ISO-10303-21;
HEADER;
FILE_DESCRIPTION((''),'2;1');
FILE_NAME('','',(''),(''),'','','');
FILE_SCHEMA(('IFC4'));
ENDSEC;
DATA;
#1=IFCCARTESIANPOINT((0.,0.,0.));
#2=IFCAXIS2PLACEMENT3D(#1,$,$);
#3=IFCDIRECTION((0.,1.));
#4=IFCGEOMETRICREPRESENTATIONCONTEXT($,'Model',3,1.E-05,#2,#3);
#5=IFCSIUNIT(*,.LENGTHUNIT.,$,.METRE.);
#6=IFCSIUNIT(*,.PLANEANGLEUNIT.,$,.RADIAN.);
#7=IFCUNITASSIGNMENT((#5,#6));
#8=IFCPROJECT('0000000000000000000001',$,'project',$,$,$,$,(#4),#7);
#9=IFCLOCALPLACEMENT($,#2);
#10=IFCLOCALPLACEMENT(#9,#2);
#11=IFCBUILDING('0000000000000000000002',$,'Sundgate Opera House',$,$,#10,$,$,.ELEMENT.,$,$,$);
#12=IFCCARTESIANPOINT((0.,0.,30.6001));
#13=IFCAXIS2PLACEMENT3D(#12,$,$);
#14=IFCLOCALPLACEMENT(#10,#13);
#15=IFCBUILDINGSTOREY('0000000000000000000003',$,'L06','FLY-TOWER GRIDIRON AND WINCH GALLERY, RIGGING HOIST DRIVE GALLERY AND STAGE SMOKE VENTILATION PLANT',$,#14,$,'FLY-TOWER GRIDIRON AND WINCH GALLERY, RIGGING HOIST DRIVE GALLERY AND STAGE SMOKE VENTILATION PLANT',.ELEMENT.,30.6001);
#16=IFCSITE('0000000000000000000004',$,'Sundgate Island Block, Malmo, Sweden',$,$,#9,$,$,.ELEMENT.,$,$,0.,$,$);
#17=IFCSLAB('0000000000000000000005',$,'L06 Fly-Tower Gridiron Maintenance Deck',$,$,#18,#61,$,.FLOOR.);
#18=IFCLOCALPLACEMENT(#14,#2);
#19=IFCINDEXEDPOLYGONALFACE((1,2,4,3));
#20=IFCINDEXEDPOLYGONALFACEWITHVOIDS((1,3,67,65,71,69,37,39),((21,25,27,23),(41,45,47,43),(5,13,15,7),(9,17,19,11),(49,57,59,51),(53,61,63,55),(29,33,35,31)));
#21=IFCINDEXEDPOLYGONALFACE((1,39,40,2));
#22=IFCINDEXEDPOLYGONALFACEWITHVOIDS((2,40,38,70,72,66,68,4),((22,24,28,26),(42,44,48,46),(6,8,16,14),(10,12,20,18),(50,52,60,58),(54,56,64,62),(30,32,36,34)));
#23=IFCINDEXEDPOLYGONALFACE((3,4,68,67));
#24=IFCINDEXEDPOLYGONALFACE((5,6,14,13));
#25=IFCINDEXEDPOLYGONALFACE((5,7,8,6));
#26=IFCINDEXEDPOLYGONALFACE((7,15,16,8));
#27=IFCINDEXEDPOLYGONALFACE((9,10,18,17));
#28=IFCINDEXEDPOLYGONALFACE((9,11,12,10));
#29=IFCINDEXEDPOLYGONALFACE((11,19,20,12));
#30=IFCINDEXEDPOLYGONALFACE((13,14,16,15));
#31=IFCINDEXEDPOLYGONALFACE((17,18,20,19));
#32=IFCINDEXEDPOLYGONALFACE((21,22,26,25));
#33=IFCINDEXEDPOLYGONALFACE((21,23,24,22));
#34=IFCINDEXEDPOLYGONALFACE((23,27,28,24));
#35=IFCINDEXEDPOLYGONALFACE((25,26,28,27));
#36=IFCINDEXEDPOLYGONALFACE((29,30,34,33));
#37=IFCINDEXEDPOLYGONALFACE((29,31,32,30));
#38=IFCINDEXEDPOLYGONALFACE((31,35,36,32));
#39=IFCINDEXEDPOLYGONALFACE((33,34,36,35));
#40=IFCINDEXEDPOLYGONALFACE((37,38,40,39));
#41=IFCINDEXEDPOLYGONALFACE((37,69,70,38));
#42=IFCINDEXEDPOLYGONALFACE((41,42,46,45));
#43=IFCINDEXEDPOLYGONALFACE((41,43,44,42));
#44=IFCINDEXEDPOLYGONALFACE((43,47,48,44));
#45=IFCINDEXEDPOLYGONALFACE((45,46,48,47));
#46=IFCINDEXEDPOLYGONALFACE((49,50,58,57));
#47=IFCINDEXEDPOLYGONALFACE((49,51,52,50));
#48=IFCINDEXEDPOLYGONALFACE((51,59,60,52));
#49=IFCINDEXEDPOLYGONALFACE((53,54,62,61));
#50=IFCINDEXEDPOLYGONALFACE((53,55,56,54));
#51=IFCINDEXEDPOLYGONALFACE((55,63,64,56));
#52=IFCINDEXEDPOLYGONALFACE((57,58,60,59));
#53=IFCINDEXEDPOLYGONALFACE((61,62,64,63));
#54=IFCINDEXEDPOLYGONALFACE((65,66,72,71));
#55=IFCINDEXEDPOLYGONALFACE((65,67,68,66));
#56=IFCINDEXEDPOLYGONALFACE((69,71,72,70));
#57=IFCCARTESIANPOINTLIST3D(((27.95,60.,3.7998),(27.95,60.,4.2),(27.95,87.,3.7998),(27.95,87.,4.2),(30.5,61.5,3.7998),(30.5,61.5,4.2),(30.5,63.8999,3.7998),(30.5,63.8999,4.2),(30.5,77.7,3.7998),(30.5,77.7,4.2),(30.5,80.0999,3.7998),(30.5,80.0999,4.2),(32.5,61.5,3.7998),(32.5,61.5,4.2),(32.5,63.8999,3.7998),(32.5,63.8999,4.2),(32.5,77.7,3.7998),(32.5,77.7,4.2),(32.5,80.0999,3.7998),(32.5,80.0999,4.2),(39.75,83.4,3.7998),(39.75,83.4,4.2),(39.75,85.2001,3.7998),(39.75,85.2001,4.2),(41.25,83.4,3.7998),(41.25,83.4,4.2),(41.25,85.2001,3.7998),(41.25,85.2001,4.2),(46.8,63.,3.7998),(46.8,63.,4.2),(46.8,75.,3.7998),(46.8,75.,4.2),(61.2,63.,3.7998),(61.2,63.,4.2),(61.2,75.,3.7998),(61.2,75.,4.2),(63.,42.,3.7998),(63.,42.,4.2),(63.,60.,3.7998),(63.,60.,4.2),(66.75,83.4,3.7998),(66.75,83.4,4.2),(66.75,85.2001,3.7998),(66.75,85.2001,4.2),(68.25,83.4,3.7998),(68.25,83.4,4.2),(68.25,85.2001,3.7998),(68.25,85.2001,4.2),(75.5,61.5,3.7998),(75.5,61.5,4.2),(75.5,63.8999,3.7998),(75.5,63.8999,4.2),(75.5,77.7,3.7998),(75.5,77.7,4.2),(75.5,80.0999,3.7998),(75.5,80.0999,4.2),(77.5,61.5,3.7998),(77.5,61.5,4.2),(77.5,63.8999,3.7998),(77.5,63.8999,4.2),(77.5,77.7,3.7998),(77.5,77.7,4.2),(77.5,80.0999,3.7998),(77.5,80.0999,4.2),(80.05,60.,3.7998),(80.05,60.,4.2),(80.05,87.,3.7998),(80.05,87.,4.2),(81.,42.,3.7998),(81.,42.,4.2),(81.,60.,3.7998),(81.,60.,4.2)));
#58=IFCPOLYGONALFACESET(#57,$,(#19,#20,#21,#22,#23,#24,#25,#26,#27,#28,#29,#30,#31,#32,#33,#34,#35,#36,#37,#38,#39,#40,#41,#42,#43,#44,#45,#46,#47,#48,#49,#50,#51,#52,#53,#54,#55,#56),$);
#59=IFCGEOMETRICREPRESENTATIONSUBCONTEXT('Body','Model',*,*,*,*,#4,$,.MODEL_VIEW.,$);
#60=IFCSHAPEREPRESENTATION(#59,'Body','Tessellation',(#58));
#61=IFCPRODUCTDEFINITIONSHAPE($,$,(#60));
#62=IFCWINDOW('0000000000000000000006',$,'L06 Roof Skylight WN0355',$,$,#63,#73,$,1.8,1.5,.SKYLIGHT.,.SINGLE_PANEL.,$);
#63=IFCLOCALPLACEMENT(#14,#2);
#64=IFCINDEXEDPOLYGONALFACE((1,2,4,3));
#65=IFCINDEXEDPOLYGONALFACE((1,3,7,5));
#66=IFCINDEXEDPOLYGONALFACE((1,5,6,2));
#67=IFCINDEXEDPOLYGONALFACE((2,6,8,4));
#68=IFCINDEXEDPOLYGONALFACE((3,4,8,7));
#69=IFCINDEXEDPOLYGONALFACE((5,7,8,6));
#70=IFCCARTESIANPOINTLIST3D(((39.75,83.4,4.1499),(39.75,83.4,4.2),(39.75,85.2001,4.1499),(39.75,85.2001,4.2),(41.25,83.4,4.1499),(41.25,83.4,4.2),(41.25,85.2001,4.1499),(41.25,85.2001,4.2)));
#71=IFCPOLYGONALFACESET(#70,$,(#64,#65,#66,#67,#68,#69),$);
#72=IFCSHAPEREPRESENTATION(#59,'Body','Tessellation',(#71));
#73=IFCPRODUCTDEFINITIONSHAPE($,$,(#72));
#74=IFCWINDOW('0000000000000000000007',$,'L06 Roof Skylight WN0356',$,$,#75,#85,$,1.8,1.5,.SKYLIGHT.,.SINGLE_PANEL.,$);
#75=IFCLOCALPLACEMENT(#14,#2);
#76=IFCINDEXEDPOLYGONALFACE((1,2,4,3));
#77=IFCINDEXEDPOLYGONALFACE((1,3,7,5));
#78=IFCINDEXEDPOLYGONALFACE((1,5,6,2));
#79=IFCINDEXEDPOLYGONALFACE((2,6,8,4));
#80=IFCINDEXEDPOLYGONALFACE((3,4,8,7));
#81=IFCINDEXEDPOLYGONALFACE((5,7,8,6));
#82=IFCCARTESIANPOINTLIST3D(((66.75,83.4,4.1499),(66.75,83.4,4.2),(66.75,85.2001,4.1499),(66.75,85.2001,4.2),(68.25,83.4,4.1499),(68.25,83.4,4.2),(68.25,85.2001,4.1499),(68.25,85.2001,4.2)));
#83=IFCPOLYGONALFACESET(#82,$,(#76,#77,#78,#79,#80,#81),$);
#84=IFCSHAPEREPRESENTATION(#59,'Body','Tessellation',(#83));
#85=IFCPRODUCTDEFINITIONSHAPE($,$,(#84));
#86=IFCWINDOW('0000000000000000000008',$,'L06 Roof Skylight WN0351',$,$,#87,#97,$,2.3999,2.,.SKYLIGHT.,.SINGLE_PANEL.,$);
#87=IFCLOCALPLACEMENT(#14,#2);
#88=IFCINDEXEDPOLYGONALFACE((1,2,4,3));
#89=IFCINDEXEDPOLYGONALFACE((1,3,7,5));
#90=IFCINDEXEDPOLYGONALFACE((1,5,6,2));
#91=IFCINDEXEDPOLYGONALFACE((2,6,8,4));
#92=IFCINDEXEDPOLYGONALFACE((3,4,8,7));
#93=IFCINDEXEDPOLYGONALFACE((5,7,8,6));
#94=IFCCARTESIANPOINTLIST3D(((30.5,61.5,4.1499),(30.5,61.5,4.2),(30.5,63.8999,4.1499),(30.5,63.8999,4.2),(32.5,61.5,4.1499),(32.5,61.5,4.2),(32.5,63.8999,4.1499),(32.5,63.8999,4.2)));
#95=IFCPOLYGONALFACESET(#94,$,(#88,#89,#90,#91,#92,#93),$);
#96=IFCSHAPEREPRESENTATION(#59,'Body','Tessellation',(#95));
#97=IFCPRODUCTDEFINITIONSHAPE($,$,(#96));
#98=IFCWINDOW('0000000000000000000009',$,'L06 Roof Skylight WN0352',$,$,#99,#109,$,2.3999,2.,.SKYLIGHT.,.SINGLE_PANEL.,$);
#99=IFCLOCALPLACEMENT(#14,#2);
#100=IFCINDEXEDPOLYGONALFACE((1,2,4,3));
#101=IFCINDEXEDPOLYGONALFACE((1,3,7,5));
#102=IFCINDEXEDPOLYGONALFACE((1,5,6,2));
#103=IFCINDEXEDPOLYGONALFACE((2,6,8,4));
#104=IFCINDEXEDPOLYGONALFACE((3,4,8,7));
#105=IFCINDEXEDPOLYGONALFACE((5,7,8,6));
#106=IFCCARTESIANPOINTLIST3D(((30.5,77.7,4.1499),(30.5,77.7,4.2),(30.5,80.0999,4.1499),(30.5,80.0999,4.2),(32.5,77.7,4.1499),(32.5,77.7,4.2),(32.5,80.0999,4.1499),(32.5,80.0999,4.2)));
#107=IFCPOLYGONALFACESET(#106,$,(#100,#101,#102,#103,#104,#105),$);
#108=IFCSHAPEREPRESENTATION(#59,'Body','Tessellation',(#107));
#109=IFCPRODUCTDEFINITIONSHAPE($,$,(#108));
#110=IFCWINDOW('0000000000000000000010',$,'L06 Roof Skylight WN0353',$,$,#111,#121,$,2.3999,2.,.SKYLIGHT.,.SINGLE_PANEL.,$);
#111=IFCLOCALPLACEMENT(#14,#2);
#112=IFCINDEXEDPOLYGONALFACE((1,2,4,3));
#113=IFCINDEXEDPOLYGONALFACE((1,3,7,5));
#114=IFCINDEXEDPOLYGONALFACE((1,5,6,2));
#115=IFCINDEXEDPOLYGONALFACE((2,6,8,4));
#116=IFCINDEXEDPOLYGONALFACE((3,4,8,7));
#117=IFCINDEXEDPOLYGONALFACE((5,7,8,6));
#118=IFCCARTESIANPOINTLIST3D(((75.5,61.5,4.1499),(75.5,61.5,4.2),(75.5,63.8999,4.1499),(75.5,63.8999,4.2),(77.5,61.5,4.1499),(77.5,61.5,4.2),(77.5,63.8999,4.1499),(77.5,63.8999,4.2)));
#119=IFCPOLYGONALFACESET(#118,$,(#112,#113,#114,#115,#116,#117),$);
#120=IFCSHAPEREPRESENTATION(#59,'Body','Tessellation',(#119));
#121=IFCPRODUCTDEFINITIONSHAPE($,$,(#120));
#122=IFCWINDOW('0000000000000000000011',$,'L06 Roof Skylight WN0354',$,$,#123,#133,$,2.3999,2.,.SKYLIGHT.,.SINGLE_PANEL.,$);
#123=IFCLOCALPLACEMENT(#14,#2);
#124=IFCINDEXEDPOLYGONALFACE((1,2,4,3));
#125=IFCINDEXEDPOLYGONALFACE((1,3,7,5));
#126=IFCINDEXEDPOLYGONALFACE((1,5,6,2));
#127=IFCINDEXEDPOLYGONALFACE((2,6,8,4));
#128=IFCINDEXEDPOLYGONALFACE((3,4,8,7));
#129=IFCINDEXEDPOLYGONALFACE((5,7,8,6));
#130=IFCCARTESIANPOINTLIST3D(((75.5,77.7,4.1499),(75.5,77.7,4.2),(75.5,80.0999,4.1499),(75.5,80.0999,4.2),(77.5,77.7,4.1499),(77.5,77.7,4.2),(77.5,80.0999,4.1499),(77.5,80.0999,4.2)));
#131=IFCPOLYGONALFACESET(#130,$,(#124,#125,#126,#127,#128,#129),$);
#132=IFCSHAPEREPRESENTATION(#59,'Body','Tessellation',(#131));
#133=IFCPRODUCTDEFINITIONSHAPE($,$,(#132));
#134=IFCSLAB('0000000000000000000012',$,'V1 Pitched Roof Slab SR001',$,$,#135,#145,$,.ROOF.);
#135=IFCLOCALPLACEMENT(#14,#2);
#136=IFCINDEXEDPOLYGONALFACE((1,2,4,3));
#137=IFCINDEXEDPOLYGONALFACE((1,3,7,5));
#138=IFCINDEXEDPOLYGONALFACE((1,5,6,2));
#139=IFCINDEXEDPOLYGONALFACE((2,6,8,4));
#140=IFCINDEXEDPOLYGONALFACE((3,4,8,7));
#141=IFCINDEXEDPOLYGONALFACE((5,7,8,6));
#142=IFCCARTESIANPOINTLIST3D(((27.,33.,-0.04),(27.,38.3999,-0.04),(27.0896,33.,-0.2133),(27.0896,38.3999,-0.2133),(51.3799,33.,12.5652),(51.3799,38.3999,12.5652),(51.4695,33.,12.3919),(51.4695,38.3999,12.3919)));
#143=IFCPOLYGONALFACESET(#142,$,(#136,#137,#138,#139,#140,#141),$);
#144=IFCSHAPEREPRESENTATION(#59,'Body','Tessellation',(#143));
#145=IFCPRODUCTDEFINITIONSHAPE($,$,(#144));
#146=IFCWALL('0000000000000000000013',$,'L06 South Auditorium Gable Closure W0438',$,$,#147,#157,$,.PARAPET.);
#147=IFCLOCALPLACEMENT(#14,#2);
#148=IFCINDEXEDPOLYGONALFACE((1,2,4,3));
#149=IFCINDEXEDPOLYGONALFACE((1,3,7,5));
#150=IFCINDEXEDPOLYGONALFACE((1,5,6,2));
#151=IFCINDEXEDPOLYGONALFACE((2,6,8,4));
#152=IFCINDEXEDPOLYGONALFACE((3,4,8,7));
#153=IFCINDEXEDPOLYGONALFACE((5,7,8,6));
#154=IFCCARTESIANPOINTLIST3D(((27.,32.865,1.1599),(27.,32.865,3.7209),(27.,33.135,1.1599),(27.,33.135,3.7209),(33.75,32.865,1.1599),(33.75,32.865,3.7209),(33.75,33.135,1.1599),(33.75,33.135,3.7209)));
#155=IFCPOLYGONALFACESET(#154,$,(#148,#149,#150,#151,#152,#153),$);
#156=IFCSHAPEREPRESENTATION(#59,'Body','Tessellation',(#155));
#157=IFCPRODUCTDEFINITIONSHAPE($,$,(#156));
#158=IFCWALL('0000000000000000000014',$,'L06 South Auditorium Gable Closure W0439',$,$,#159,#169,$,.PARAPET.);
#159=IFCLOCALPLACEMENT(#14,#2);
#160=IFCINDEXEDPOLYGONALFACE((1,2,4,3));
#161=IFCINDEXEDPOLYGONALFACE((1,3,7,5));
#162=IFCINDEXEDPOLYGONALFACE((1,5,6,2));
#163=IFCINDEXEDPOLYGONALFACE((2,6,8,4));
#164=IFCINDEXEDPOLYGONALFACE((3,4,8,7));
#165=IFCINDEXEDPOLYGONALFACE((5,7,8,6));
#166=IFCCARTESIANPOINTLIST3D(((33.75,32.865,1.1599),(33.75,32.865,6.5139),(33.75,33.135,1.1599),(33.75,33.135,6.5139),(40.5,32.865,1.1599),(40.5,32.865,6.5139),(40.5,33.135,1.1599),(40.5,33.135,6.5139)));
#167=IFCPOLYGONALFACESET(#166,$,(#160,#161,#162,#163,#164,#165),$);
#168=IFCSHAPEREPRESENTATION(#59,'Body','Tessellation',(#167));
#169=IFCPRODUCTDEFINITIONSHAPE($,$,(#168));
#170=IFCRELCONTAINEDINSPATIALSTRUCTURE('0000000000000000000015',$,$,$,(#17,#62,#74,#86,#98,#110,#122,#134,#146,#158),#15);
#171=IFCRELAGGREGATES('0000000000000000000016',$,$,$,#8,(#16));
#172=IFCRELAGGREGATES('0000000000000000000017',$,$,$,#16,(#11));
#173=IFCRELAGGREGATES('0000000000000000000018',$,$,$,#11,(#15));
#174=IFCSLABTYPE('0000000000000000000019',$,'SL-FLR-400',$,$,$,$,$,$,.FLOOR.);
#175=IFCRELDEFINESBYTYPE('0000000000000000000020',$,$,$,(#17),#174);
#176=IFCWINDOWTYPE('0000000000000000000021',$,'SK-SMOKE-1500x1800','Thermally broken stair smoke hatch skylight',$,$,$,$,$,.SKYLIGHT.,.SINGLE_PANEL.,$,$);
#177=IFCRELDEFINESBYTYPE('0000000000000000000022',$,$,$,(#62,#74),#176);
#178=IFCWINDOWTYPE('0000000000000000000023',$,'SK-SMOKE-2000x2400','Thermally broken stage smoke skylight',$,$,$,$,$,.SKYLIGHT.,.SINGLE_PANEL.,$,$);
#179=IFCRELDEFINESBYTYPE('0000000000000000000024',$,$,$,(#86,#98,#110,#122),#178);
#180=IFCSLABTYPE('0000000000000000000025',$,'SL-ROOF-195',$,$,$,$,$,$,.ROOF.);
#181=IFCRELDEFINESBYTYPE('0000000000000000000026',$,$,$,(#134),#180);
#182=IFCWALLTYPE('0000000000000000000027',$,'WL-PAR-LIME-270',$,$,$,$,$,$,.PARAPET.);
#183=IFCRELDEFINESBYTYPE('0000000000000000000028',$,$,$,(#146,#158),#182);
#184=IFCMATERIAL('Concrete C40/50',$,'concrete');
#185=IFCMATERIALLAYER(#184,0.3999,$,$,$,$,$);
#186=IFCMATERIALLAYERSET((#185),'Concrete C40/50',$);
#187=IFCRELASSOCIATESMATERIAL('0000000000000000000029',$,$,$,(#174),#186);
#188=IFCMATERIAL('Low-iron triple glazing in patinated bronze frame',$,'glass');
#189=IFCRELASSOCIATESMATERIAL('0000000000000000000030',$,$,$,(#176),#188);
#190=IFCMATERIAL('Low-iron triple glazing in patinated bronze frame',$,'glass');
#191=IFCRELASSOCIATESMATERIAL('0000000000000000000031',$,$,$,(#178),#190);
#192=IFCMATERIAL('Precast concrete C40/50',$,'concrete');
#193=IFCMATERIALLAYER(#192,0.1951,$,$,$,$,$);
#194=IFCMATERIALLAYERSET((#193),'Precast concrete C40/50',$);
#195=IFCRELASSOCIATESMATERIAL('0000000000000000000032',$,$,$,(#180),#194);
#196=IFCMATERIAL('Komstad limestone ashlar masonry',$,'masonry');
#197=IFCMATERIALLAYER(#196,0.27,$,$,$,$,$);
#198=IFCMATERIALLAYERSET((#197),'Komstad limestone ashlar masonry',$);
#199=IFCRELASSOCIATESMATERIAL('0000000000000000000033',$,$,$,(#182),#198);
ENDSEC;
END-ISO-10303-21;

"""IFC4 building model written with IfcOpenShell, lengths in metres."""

from ifc_helpers import new_model, si_unit, direction, frame, frame_2d, origin, origin_2d, place, context, subcontext, project, spatial, polyline, rectangle, outline, extrude, material, layer, layer_set, type_object, element, fill, save


model = new_model("IFC4")

# Units and contexts
model_context = context("Model", 3, precision=1e-05, world=origin(), true_north=direction((0.0, 1.0)))
body_context = subcontext(model_context, "Body", "Model", "MODEL_VIEW")
ifc_project = project(units=[si_unit("LENGTHUNIT", "METRE"), si_unit("PLANEANGLEUNIT", "RADIAN")], contexts=[model_context])

# Site, building, storey
site_placement = place(None, origin())
site = spatial("IfcSite", under=ifc_project, at=site_placement, Name="Sundgate Island Block, Malmo, Sweden", CompositionType="ELEMENT", RefElevation=0.0)
building_placement = place(site_placement, origin())
building = spatial("IfcBuilding", under=site, at=building_placement, Name="Sundgate Opera House", CompositionType="ELEMENT")
storey_placement = place(building_placement, frame((0.0, 0.0, 30.6001)))
storey = spatial("IfcBuildingStorey", under=building, at=storey_placement, Name="L06", Description="FLY-TOWER GRIDIRON AND WINCH GALLERY, RIGGING HOIST DRIVE GALLERY AND STAGE SMOKE VENTILATION PLANT", LongName="FLY-TOWER GRIDIRON AND WINCH GALLERY, RIGGING HOIST DRIVE GALLERY AND STAGE SMOKE VENTILATION PLANT", CompositionType="ELEMENT", Elevation=30.6001)

# Slab, openings, windows
ifc_material_1 = material(Name="Concrete C40/50", Category="concrete")
ifc_layer_1 = layer(ifc_material_1, 0.3999)
ifc_layer_set_1 = layer_set([ifc_layer_1], Name="Concrete C40/50")
slab_type_1 = type_object("IfcSlabType", Name="SL-FLR-400", PredefinedType="FLOOR", material=ifc_layer_set_1)
slab_1_placement = place(storey_placement, frame((0.0, 0.0, 3.7998)))
slab_1 = element("IfcSlab", 1, at=slab_1_placement, inside=storey, type_object=slab_type_1, Name="L06 Fly-Tower Gridiron Maintenance Deck", PredefinedType="FLOOR", context=body_context, shape_type="SweptSolid", body=[
    extrude(outline(polyline([(27.95, 60.0), (63.0, 60.0), (63.0, 42.0), (81.0, 42.0), (81.0, 60.0), (80.05, 60.0), (80.05, 87.0), (27.95, 87.0), (27.95, 60.0)]), holes=[polyline([(46.8, 75.0), (61.2, 75.0), (61.2, 63.0), (46.8, 63.0), (46.8, 75.0)])]), origin(), (0.0, 0.0, 1.0), 0.4001),
])
opening_1_placement = place(slab_1_placement, frame((31.5, 62.7, 0.0)))
opening_1 = element("IfcOpeningElement", 2, at=opening_1_placement, cuts=slab_1, PredefinedType="OPENING", context=body_context, shape_type="SweptSolid", body=[
    extrude(rectangle(XDim=2.0, YDim=2.3999, at=origin_2d()), origin(), (0.0, 0.0, 1.0), 0.4001),
])
opening_2_placement = place(slab_1_placement, frame((31.5, 78.8999, 0.0)))
opening_2 = element("IfcOpeningElement", 3, at=opening_2_placement, cuts=slab_1, PredefinedType="OPENING", context=body_context, shape_type="SweptSolid", body=[
    extrude(rectangle(XDim=2.0, YDim=2.3999, at=origin_2d()), origin(), (0.0, 0.0, 1.0), 0.4001),
])
opening_3_placement = place(slab_1_placement, frame((76.5, 62.7, 0.0)))
opening_3 = element("IfcOpeningElement", 4, at=opening_3_placement, cuts=slab_1, PredefinedType="OPENING", context=body_context, shape_type="SweptSolid", body=[
    extrude(rectangle(XDim=2.0, YDim=2.3999, at=origin_2d()), origin(), (0.0, 0.0, 1.0), 0.4001),
])
opening_4_placement = place(slab_1_placement, frame((76.5, 78.8999, 0.0)))
opening_4 = element("IfcOpeningElement", 5, at=opening_4_placement, cuts=slab_1, PredefinedType="OPENING", context=body_context, shape_type="SweptSolid", body=[
    extrude(rectangle(XDim=2.0, YDim=2.3999, at=origin_2d()), origin(), (0.0, 0.0, 1.0), 0.4001),
])
opening_5_placement = place(slab_1_placement, frame((40.5, 84.3, 0.0)))
opening_5 = element("IfcOpeningElement", 6, at=opening_5_placement, cuts=slab_1, PredefinedType="OPENING", context=body_context, shape_type="SweptSolid", body=[
    extrude(rectangle(XDim=1.5, YDim=1.8, at=origin_2d()), origin(), (0.0, 0.0, 1.0), 0.4001),
])
opening_6_placement = place(slab_1_placement, frame((67.5, 84.3, 0.0)))
opening_6 = element("IfcOpeningElement", 7, at=opening_6_placement, cuts=slab_1, PredefinedType="OPENING", context=body_context, shape_type="SweptSolid", body=[
    extrude(rectangle(XDim=1.5, YDim=1.8, at=origin_2d()), origin(), (0.0, 0.0, 1.0), 0.4001),
])
ifc_material_2 = material(Name="Low-iron triple glazing in patinated bronze frame", Category="glass")
window_type_1 = type_object("IfcWindowType", Name="SK-SMOKE-1500x1800", Description="Thermally broken stair smoke hatch skylight", PartitioningType="SINGLE_PANEL", PredefinedType="SKYLIGHT", material=ifc_material_2)
window_1_placement = place(opening_5_placement, frame((0.0, 0.0, 0.3501)))
window_1 = element("IfcWindow", 8, at=window_1_placement, inside=storey, type_object=window_type_1, Name="L06 Roof Skylight WN0355", OverallHeight=1.8, OverallWidth=1.5, PartitioningType="SINGLE_PANEL", PredefinedType="SKYLIGHT", context=body_context, shape_type="SweptSolid", body=[
    extrude(rectangle(XDim=1.5, YDim=1.8, at=origin_2d()), origin(), (0.0, 0.0, 1.0), 0.05),
])
fill(opening_5, window_1)
window_2_placement = place(opening_6_placement, frame((0.0, 0.0, 0.3501)))
window_2 = element("IfcWindow", 9, at=window_2_placement, inside=storey, type_object=window_type_1, Name="L06 Roof Skylight WN0356", OverallHeight=1.8, OverallWidth=1.5, PartitioningType="SINGLE_PANEL", PredefinedType="SKYLIGHT", context=body_context, shape_type="SweptSolid", body=[
    extrude(rectangle(XDim=1.5, YDim=1.8, at=origin_2d()), origin(), (0.0, 0.0, 1.0), 0.05),
])
fill(opening_6, window_2)
ifc_material_3 = material(Name="Low-iron triple glazing in patinated bronze frame", Category="glass")
window_type_2 = type_object("IfcWindowType", Name="SK-SMOKE-2000x2400", Description="Thermally broken stage smoke skylight", PartitioningType="SINGLE_PANEL", PredefinedType="SKYLIGHT", material=ifc_material_3)
window_3_placement = place(opening_1_placement, frame((0.0, 0.0, 0.3501)))
window_3 = element("IfcWindow", 10, at=window_3_placement, inside=storey, type_object=window_type_2, Name="L06 Roof Skylight WN0351", OverallHeight=2.3999, OverallWidth=2.0, PartitioningType="SINGLE_PANEL", PredefinedType="SKYLIGHT", context=body_context, shape_type="SweptSolid", body=[
    extrude(rectangle(XDim=2.0, YDim=2.3999, at=origin_2d()), origin(), (0.0, 0.0, 1.0), 0.05),
])
fill(opening_1, window_3)
window_4_placement = place(opening_2_placement, frame((0.0, 0.0, 0.3501)))
window_4 = element("IfcWindow", 11, at=window_4_placement, inside=storey, type_object=window_type_2, Name="L06 Roof Skylight WN0352", OverallHeight=2.3999, OverallWidth=2.0, PartitioningType="SINGLE_PANEL", PredefinedType="SKYLIGHT", context=body_context, shape_type="SweptSolid", body=[
    extrude(rectangle(XDim=2.0, YDim=2.3999, at=origin_2d()), origin(), (0.0, 0.0, 1.0), 0.05),
])
fill(opening_2, window_4)
window_5_placement = place(opening_3_placement, frame((0.0, 0.0, 0.3501)))
window_5 = element("IfcWindow", 12, at=window_5_placement, inside=storey, type_object=window_type_2, Name="L06 Roof Skylight WN0353", OverallHeight=2.3999, OverallWidth=2.0, PartitioningType="SINGLE_PANEL", PredefinedType="SKYLIGHT", context=body_context, shape_type="SweptSolid", body=[
    extrude(rectangle(XDim=2.0, YDim=2.3999, at=origin_2d()), origin(), (0.0, 0.0, 1.0), 0.05),
])
fill(opening_3, window_5)
window_6_placement = place(opening_4_placement, frame((0.0, 0.0, 0.3501)))
window_6 = element("IfcWindow", 13, at=window_6_placement, inside=storey, type_object=window_type_2, Name="L06 Roof Skylight WN0354", OverallHeight=2.3999, OverallWidth=2.0, PartitioningType="SINGLE_PANEL", PredefinedType="SKYLIGHT", context=body_context, shape_type="SweptSolid", body=[
    extrude(rectangle(XDim=2.0, YDim=2.3999, at=origin_2d()), origin(), (0.0, 0.0, 1.0), 0.05),
])
fill(opening_4, window_6)

# Slab
ifc_material_4 = material(Name="Precast concrete C40/50", Category="concrete")
ifc_layer_2 = layer(ifc_material_4, 0.1951)
ifc_layer_set_2 = layer_set([ifc_layer_2], Name="Precast concrete C40/50")
slab_type_2 = type_object("IfcSlabType", Name="SL-ROOF-195", PredefinedType="ROOF", material=ifc_layer_set_2)
slab_2_placement = place(storey_placement, frame((27.0, 33.0, -0.04), z_axis=(-0.459277, 0.0, 0.888293), x_axis=(0.888293, 0.0, 0.459277)))
element("IfcSlab", 14, at=slab_2_placement, inside=storey, type_object=slab_type_2, Name="V1 Pitched Roof Slab SR001", PredefinedType="ROOF", context=body_context, shape_type="SweptSolid", body=[
    extrude(outline(polyline([(0.0, 0.0), (27.4458, 0.0), (27.4458, 5.3999), (0.0, 5.3999), (0.0, 0.0)])), origin(), (0.0, 0.0, -1.0), 0.1951),
])

# Walls
ifc_material_5 = material(Name="Komstad limestone ashlar masonry", Category="masonry")
ifc_layer_3 = layer(ifc_material_5, 0.27)
ifc_layer_set_3 = layer_set([ifc_layer_3], Name="Komstad limestone ashlar masonry")
wall_type = type_object("IfcWallType", Name="WL-PAR-LIME-270", PredefinedType="PARAPET", material=ifc_layer_set_3)
wall_1_placement = place(storey_placement, frame((27.0, 33.0, 1.1599), z_axis=(0.0, 0.0, 1.0), x_axis=(1.0, 0.0, 0.0)))
element("IfcWall", 15, at=wall_1_placement, inside=storey, type_object=wall_type, Name="L06 South Auditorium Gable Closure W0438", PredefinedType="PARAPET", context=body_context, shape_type="SweptSolid", body=[
    extrude(rectangle(XDim=6.75, YDim=0.27, at=frame_2d((3.375, 0.0))), origin(), (0.0, 0.0, 1.0), 2.561),
])
wall_2_placement = place(storey_placement, frame((33.75, 33.0, 1.1599), z_axis=(0.0, 0.0, 1.0), x_axis=(1.0, 0.0, 0.0)))
element("IfcWall", 16, at=wall_2_placement, inside=storey, type_object=wall_type, Name="L06 South Auditorium Gable Closure W0439", PredefinedType="PARAPET", context=body_context, shape_type="SweptSolid", body=[
    extrude(rectangle(XDim=6.75, YDim=0.27, at=frame_2d((3.375, 0.0))), origin(), (0.0, 0.0, 1.0), 5.354),
])

save(model, "model.ifc")
